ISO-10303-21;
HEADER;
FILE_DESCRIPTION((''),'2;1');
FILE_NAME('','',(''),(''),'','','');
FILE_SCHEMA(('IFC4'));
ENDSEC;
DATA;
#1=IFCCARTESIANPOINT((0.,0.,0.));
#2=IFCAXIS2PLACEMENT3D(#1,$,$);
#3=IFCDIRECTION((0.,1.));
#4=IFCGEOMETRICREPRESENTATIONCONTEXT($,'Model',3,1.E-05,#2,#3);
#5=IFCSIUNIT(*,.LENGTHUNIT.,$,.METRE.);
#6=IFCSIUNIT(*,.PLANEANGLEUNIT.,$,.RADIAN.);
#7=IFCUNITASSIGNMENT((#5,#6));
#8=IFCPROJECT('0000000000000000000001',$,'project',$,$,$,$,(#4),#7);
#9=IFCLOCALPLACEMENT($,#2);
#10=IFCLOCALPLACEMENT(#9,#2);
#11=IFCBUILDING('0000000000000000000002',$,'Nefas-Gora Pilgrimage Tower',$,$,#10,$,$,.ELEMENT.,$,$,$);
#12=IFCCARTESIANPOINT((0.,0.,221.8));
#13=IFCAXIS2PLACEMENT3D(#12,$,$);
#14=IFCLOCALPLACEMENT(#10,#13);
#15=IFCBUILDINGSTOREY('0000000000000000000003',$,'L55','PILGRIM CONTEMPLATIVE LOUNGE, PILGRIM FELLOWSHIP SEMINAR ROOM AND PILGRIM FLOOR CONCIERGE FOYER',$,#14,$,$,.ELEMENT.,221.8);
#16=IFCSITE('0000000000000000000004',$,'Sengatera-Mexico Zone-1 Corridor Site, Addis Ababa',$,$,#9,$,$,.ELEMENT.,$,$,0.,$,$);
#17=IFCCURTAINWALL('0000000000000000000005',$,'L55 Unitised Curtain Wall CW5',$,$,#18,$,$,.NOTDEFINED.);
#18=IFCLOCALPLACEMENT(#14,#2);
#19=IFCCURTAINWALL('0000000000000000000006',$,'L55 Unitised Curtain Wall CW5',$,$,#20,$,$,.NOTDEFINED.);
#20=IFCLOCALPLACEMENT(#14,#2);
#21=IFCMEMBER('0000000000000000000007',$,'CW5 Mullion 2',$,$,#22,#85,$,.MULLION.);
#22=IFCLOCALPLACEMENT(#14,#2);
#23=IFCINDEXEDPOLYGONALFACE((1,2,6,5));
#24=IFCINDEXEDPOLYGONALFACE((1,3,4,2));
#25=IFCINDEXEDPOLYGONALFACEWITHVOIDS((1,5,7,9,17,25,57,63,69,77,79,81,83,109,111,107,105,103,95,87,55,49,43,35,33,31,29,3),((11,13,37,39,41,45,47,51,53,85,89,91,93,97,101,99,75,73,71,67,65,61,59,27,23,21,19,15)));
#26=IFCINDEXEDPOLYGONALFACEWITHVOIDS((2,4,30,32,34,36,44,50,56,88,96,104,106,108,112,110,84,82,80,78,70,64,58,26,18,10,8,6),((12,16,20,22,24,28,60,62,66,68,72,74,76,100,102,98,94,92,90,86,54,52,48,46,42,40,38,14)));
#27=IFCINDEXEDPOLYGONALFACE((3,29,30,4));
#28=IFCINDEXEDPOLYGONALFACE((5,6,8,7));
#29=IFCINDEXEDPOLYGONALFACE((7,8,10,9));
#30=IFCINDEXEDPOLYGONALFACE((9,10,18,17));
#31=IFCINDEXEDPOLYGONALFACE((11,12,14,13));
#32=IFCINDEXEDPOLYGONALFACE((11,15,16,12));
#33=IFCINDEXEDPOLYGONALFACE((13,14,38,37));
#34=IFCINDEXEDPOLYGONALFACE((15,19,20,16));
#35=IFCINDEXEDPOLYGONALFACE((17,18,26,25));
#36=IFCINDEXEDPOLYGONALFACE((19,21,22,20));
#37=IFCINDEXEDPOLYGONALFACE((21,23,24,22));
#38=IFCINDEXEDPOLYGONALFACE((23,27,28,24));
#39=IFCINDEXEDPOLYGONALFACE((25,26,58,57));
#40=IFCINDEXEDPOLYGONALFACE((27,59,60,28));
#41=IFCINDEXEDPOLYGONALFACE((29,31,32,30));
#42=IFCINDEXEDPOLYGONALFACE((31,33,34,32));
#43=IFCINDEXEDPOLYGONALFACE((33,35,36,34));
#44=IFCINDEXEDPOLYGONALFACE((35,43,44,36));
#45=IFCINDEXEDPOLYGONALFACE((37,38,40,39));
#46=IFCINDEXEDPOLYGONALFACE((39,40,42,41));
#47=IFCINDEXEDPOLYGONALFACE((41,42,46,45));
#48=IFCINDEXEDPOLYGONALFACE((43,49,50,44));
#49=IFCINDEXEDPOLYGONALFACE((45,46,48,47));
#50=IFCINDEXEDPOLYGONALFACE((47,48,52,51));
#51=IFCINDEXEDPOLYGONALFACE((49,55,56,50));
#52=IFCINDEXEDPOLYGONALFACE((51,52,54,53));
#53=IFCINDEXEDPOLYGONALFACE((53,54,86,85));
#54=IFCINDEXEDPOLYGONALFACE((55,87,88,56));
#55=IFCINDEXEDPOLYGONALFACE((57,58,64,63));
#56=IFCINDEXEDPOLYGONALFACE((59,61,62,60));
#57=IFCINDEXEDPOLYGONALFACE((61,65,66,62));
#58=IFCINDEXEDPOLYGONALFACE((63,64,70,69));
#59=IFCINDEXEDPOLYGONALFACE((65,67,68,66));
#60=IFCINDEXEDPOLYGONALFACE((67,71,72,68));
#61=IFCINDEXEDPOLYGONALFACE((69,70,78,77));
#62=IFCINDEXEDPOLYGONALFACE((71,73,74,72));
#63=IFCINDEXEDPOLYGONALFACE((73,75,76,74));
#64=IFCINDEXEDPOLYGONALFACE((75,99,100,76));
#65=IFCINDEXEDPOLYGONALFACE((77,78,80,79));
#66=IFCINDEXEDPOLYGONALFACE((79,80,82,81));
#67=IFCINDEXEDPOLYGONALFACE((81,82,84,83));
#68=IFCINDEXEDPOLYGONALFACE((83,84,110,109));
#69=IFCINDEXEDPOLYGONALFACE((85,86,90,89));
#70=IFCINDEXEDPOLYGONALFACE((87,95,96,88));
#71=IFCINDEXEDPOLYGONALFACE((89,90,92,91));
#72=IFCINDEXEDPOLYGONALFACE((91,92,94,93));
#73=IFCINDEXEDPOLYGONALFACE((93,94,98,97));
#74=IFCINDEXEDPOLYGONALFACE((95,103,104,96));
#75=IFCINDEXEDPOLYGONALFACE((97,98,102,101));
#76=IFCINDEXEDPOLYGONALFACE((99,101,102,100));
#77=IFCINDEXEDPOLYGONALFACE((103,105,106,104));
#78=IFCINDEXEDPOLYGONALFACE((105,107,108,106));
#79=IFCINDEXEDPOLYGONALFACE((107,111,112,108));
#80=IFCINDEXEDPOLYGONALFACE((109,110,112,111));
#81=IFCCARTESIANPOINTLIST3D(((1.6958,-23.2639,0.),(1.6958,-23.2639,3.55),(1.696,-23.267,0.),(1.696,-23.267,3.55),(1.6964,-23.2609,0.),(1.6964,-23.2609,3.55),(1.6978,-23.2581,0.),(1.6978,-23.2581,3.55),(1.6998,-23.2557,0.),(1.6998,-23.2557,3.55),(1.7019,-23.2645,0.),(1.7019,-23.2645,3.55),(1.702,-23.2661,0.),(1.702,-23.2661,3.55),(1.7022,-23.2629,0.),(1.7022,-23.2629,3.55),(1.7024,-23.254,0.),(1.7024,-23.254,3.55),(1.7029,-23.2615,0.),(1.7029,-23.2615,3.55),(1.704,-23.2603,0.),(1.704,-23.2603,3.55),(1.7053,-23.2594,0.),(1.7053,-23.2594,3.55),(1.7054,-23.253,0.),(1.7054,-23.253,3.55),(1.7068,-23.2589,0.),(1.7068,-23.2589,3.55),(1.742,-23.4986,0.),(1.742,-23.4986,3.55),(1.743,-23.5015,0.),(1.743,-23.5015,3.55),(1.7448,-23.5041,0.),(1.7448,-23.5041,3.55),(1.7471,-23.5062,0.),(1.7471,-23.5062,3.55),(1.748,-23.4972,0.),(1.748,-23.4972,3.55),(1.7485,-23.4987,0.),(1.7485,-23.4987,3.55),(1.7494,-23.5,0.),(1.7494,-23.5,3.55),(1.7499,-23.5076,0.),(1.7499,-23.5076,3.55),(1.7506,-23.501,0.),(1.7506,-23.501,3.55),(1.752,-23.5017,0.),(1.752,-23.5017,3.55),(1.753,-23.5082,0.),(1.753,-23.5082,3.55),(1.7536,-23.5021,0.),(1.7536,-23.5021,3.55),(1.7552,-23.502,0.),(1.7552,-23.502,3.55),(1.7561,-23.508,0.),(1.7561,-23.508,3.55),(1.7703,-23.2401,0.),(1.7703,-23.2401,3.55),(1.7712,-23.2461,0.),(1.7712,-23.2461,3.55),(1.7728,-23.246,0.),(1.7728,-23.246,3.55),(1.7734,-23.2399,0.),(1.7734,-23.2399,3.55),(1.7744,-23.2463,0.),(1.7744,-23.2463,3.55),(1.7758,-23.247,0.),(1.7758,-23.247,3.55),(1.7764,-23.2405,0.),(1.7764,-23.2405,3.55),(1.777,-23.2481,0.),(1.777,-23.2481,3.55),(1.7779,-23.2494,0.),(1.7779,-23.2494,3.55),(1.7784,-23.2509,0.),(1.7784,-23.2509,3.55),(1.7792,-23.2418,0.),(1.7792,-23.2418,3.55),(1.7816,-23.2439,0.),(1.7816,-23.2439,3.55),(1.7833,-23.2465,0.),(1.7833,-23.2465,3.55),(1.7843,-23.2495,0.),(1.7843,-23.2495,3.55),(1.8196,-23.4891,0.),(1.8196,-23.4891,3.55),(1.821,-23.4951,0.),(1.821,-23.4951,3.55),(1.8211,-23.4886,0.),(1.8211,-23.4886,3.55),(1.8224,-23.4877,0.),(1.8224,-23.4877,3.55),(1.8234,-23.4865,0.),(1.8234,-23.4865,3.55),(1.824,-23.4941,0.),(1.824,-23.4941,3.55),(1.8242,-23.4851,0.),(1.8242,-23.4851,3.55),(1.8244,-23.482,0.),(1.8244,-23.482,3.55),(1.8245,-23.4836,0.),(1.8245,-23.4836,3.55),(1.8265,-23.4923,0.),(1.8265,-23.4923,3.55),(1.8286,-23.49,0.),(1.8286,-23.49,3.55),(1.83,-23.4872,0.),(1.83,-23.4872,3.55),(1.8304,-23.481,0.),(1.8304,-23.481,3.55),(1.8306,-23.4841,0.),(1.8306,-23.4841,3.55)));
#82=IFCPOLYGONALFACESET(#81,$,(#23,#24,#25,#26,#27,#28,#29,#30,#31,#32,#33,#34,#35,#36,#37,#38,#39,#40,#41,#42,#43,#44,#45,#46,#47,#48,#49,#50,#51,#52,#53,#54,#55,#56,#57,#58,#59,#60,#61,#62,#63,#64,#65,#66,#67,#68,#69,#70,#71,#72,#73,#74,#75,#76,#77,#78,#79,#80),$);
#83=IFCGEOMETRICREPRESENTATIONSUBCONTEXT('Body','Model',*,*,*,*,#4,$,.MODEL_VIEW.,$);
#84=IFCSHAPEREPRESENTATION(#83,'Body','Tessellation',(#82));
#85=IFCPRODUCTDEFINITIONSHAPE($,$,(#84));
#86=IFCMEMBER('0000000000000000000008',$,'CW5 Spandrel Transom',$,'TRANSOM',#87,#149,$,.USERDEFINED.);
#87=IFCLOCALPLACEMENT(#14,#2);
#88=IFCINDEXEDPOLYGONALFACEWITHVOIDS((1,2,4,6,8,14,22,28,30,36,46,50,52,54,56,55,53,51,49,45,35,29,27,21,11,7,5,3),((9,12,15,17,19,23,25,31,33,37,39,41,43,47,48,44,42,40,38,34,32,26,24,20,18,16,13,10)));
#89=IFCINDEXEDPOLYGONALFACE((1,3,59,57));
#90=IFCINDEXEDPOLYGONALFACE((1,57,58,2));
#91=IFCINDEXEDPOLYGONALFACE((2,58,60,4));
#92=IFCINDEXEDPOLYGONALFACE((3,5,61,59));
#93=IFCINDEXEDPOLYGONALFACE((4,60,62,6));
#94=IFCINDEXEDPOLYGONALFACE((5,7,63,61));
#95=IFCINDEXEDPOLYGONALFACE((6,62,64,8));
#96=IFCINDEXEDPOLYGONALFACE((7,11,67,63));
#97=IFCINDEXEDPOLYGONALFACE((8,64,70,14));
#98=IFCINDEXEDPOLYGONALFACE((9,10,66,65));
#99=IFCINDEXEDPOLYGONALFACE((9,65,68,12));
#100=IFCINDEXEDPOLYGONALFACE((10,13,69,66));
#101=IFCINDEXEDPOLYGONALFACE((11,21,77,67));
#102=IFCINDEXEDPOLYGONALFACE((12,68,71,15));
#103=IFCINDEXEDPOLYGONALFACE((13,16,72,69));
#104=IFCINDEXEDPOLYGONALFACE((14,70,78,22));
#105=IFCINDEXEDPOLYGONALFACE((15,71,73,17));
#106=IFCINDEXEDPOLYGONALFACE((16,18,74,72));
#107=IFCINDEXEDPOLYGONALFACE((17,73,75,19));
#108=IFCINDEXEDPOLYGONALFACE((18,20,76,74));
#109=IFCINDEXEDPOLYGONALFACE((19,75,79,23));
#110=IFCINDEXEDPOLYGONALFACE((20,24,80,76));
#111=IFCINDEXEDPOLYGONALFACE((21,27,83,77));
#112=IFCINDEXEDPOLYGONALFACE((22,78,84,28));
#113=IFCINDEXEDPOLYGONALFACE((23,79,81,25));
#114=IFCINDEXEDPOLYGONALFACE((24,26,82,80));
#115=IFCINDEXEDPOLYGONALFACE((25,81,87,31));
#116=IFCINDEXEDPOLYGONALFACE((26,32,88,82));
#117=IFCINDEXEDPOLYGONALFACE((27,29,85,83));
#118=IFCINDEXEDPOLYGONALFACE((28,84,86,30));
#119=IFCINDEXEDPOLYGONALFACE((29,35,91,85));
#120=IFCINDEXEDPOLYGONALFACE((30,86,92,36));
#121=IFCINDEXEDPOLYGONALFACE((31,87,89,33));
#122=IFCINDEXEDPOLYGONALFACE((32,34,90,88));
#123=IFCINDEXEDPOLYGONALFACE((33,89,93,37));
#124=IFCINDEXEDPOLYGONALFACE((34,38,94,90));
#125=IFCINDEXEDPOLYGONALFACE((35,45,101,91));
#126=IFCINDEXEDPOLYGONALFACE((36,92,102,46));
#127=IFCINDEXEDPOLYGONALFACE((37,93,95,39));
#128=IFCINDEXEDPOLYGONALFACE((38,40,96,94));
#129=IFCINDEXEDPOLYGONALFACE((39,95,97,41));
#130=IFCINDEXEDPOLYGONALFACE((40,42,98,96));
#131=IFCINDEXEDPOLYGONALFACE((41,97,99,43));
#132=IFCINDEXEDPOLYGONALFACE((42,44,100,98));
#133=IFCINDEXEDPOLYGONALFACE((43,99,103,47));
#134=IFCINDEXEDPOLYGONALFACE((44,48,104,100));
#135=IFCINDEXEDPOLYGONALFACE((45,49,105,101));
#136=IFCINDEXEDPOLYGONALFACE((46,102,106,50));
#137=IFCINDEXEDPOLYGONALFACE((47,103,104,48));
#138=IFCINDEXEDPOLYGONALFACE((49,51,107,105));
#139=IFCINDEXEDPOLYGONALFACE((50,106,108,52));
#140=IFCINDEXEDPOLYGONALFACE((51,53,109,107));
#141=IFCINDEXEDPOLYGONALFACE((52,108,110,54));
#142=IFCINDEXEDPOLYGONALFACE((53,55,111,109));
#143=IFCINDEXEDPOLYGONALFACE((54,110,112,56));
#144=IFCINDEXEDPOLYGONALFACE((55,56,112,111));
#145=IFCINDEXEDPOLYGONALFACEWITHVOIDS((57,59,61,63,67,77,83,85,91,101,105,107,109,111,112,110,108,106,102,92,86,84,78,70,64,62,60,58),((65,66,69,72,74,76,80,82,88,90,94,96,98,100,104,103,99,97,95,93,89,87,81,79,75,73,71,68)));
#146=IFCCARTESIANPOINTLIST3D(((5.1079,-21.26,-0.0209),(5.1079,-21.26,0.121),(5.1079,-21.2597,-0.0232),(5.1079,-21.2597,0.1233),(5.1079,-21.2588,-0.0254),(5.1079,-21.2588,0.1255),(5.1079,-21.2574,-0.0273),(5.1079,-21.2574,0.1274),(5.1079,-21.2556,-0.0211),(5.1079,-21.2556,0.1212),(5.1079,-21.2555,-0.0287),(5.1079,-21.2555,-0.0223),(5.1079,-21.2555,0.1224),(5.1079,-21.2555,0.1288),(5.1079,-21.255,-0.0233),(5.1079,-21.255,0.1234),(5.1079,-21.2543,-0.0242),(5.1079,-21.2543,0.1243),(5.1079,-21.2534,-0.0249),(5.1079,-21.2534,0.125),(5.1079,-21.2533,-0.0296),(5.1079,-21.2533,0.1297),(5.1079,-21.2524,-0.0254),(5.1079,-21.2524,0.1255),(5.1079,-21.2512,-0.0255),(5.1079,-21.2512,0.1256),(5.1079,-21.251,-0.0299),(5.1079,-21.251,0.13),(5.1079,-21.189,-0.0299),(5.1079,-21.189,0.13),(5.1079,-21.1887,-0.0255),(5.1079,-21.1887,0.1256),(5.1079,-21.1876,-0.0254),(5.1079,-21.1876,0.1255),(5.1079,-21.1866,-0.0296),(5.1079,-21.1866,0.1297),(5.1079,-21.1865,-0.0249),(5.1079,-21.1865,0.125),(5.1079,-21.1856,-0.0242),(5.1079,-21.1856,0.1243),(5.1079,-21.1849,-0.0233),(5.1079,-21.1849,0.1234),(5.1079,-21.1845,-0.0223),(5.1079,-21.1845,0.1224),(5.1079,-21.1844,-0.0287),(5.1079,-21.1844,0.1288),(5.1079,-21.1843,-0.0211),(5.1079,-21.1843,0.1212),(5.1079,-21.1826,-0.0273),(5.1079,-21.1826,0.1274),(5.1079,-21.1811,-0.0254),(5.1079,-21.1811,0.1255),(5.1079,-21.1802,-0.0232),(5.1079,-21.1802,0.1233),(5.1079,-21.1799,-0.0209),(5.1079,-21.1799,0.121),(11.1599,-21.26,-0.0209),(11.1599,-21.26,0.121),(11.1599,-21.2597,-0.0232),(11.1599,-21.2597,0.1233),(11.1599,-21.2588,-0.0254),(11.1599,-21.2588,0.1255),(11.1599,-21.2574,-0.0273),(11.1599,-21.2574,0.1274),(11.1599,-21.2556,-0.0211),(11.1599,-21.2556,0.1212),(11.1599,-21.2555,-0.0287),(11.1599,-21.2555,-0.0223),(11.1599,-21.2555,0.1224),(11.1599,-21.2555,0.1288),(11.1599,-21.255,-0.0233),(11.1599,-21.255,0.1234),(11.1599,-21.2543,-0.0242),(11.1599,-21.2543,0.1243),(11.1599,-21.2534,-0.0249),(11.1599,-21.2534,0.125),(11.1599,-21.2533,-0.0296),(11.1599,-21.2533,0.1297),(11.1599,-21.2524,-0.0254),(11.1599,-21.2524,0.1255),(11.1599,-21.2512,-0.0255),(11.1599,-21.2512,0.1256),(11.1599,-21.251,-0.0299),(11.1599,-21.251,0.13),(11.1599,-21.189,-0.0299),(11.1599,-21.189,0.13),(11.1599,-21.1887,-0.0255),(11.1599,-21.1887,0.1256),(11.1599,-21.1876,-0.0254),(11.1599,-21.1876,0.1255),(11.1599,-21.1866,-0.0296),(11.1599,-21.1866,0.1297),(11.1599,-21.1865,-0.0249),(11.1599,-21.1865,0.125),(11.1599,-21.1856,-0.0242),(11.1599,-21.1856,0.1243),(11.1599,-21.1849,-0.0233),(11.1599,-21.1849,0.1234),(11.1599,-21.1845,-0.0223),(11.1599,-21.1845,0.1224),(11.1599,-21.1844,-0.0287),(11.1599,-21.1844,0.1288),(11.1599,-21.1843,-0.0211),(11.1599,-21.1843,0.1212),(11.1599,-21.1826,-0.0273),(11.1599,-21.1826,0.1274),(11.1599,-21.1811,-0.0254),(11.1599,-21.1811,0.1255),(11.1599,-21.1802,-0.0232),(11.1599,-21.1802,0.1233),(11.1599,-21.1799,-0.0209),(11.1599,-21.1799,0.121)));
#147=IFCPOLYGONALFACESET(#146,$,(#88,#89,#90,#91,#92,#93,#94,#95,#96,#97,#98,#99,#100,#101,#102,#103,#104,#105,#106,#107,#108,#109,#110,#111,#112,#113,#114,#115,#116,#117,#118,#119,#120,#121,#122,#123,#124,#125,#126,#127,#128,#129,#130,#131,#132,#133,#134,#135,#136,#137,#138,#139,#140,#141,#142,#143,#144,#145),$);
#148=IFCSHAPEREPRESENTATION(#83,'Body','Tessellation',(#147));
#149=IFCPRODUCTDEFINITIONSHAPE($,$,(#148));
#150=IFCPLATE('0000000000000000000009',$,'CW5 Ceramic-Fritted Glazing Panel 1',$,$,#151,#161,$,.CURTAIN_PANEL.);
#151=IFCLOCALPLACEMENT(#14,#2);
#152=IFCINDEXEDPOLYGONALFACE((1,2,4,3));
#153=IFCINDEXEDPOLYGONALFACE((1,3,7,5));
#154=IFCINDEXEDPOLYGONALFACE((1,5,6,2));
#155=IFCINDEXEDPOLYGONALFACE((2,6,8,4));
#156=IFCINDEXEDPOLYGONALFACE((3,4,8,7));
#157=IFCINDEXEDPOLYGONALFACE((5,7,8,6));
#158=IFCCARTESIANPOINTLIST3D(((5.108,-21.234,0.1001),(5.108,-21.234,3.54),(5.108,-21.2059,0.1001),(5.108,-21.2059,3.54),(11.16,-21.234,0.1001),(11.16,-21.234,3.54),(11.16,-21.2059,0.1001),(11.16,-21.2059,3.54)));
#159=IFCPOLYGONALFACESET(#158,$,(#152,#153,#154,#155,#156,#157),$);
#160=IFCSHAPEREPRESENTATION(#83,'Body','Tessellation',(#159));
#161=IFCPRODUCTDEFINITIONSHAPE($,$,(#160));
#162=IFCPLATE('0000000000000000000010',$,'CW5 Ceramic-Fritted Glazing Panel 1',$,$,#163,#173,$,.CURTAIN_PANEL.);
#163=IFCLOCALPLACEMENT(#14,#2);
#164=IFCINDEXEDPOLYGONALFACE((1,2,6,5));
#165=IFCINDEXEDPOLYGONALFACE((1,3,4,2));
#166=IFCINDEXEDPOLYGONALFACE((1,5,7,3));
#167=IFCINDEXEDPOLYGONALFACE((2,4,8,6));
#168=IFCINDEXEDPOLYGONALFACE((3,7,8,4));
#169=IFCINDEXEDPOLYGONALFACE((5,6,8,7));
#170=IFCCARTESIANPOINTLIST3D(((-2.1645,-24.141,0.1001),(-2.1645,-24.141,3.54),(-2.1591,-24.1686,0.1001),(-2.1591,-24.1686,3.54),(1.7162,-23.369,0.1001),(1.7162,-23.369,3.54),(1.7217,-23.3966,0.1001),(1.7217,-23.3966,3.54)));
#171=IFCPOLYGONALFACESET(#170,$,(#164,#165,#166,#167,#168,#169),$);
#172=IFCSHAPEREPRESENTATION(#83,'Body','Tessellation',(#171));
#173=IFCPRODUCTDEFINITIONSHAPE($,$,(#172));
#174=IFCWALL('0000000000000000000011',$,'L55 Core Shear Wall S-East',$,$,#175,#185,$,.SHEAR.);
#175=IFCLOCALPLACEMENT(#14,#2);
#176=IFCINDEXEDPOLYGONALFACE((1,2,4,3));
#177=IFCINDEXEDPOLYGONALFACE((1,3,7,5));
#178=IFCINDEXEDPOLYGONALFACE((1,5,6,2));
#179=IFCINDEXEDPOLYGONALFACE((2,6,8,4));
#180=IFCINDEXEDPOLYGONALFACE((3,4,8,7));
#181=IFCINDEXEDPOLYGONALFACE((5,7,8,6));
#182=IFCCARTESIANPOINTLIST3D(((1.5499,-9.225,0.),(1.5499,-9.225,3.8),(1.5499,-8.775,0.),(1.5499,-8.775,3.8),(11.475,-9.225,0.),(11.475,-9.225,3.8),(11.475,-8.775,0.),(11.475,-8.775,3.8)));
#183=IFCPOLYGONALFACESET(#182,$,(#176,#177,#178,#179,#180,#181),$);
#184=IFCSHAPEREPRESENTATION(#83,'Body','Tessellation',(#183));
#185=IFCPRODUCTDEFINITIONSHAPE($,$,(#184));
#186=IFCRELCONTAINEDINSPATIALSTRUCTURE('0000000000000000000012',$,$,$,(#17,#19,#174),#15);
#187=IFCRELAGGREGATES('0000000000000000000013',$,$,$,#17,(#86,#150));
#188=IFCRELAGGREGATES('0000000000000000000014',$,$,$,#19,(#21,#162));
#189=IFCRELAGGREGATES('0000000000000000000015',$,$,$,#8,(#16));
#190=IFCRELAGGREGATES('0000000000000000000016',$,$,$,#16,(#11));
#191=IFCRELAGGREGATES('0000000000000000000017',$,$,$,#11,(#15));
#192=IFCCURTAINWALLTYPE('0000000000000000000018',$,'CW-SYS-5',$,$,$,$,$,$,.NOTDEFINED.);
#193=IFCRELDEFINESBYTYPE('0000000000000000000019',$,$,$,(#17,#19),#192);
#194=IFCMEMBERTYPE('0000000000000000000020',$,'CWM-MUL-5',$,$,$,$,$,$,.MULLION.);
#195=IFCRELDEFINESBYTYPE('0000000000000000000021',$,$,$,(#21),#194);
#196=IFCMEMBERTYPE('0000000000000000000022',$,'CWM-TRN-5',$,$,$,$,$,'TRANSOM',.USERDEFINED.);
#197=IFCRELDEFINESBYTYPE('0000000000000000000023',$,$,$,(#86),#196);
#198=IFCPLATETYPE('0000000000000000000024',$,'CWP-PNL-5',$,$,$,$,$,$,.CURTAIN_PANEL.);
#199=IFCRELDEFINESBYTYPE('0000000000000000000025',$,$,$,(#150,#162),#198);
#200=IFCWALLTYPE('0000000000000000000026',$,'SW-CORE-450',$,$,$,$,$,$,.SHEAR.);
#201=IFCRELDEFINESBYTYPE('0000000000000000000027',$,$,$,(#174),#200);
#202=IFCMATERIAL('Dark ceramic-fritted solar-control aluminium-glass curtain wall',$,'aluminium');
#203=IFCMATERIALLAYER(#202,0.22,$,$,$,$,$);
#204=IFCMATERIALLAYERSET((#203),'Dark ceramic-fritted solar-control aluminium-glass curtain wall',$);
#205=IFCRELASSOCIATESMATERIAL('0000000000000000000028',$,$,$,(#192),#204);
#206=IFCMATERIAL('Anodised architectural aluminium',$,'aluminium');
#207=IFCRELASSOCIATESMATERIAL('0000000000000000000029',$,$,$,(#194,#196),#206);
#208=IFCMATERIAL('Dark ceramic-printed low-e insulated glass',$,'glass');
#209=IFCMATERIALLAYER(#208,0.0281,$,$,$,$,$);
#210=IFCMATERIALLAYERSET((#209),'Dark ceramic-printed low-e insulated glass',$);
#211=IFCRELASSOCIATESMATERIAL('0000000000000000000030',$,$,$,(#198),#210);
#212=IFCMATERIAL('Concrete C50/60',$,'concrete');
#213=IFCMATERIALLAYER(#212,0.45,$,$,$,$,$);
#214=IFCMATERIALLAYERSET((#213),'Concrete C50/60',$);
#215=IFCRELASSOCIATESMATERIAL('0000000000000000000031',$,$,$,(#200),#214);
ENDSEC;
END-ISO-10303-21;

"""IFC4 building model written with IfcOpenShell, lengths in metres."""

from ifc_helpers import new_model, si_unit, direction, frame, frame_2d, origin, origin_2d, place, context, subcontext, project, spatial, rectangle, hollow_rectangle, extrude, source, transform, mapped, material, layer, layer_set, material_profile, profile_set, type_object, element, aggregate, save


model = new_model("IFC4")

# Units and contexts
model_context = context("Model", 3, precision=1e-05, world=origin(), true_north=direction((0.0, 1.0)))
body_context = subcontext(model_context, "Body", "Model", "MODEL_VIEW")
ifc_project = project(units=[si_unit("LENGTHUNIT", "METRE"), si_unit("PLANEANGLEUNIT", "RADIAN")], contexts=[model_context])

# Site, building, storey
site_placement = place(None, origin())
site = spatial("IfcSite", under=ifc_project, at=site_placement, Name="Sengatera-Mexico Zone-1 Corridor Site, Addis Ababa", CompositionType="ELEMENT", RefElevation=0.0)
building_placement = place(site_placement, origin())
building = spatial("IfcBuilding", under=site, at=building_placement, Name="Nefas-Gora Pilgrimage Tower", CompositionType="ELEMENT")
storey_placement = place(building_placement, frame((0.0, 0.0, 221.8)))
storey = spatial("IfcBuildingStorey", under=building, at=storey_placement, Name="L55", Description="PILGRIM CONTEMPLATIVE LOUNGE, PILGRIM FELLOWSHIP SEMINAR ROOM AND PILGRIM FLOOR CONCIERGE FOYER", CompositionType="ELEMENT", Elevation=221.8)

# Curtain wall
ifc_material_1 = material(Name="Dark ceramic-fritted solar-control aluminium-glass curtain wall", Category="aluminium")
ifc_layer_1 = layer(ifc_material_1, 0.22)
ifc_layer_set_1 = layer_set([ifc_layer_1], Name="Dark ceramic-fritted solar-control aluminium-glass curtain wall")
curtain_wall_type = type_object("IfcCurtainWallType", Name="CW-SYS-5", PredefinedType="NOTDEFINED", material=ifc_layer_set_1)
curtain_wall_1_placement = place(storey_placement, origin())
curtain_wall_1 = element("IfcCurtainWall", 1, at=curtain_wall_1_placement, inside=storey, type_object=curtain_wall_type, Name="L55 Unitised Curtain Wall CW5", PredefinedType="NOTDEFINED")
ifc_material_2 = material(Name="Anodised architectural aluminium", Category="aluminium")
ifc_material_profile_1 = material_profile(ifc_material_2, hollow_rectangle(XDim=0.0901, YDim=0.26, WallThickness=0.0061, InnerFilletRadius=0.0061, OuterFilletRadius=0.012, at=origin_2d()), Name="ALU MULLION 90x260")
ifc_profile_set_1 = profile_set([ifc_material_profile_1], Name="Anodised architectural aluminium")
member_type_1 = type_object("IfcMemberType", Name="CWM-MUL-5", PredefinedType="MULLION", material=ifc_profile_set_1)
shared_shape_1 = source(origin(), body_context, "Body", "SweptSolid", [
    extrude(hollow_rectangle(XDim=0.0901, YDim=0.26, WallThickness=0.0061, InnerFilletRadius=0.0061, OuterFilletRadius=0.012, at=origin_2d()), origin(), (0.0, 0.0, 1.0), 3.55),
])

# Curtain wall, member
curtain_wall_2_placement = place(storey_placement, origin())
curtain_wall_2 = element("IfcCurtainWall", 2, at=curtain_wall_2_placement, inside=storey, type_object=curtain_wall_type, Name="L55 Unitised Curtain Wall CW5", PredefinedType="NOTDEFINED")
member_1_placement = place(storey_placement, frame((1.7632, -23.374, 0.0), z_axis=(0.0, 0.0, 1.0), x_axis=(0.980783, 0.195102, 0.0)))
member_1 = element("IfcMember", 3, at=member_1_placement, type_object=member_type_1, Name="CW5 Mullion 2", PredefinedType="MULLION", context=body_context, shape_type="MappedRepresentation", body=[
    mapped(shared_shape_1, transform((0.0, 0.0, 0.0), x_axis=(1.0, 0.0, 0.0), y_axis=(0.0, 1.0, 0.0), z_axis=(0.0, 0.0, 1.0), scale=1.0)),
])

# Member
ifc_material_profile_2 = material_profile(ifc_material_2, hollow_rectangle(XDim=0.0801, YDim=0.1599, WallThickness=0.0044, InnerFilletRadius=0.0044, OuterFilletRadius=0.009, at=origin_2d()), Name="ALU TRANSOM 80x160")
ifc_profile_set_2 = profile_set([ifc_material_profile_2], Name="Anodised architectural aluminium")
member_type_2 = type_object("IfcMemberType", Name="CWM-TRN-5", ElementType="TRANSOM", PredefinedType="USERDEFINED", material=ifc_profile_set_2)
shared_shape_2 = source(origin(), body_context, "Body", "SweptSolid", [
    extrude(hollow_rectangle(XDim=0.0801, YDim=0.1599, WallThickness=0.0044, InnerFilletRadius=0.0044, OuterFilletRadius=0.009, at=origin_2d()), origin(), (0.0, 0.0, 1.0), 6.052),
])
member_2_placement = place(storey_placement, frame((5.1079, -21.22, 0.05), z_axis=(1.0, 0.0, 0.0), x_axis=(0.0, 1.0, 0.0)))
member_2 = element("IfcMember", 4, at=member_2_placement, type_object=member_type_2, Name="CW5 Spandrel Transom", ObjectType="TRANSOM", PredefinedType="USERDEFINED", context=body_context, shape_type="MappedRepresentation", body=[
    mapped(shared_shape_2, transform((0.0, 0.0, 0.0), x_axis=(1.0, 0.0, 0.0), y_axis=(0.0, 1.0, 0.0), z_axis=(0.0, 0.0, 1.0), scale=1.0)),
])

# Plates
ifc_material_3 = material(Name="Dark ceramic-printed low-e insulated glass", Category="glass")
ifc_layer_2 = layer(ifc_material_3, 0.0281)
ifc_layer_set_2 = layer_set([ifc_layer_2], Name="Dark ceramic-printed low-e insulated glass")
plate_type = type_object("IfcPlateType", Name="CWP-PNL-5", PredefinedType="CURTAIN_PANEL", material=ifc_layer_set_2)
shared_shape_3 = source(origin(), body_context, "Body", "SweptSolid", [
    extrude(rectangle(XDim=6.052, YDim=0.0281, at=origin_2d()), origin(), (0.0, 0.0, 1.0), 3.4399),
])
plate_1_placement = place(storey_placement, frame((8.134, -21.22, 0.1001), z_axis=(0.0, 0.0, 1.0), x_axis=(1.0, 0.0, 0.0)))
plate_1 = element("IfcPlate", 5, at=plate_1_placement, type_object=plate_type, Name="CW5 Ceramic-Fritted Glazing Panel 1", PredefinedType="CURTAIN_PANEL", context=body_context, shape_type="MappedRepresentation", body=[
    mapped(shared_shape_3, transform((0.0, 0.0, 0.0), x_axis=(1.0, 0.0, 0.0), y_axis=(0.0, 1.0, 0.0), z_axis=(0.0, 0.0, 1.0), scale=1.0)),
])
aggregate(curtain_wall_1, [member_2, plate_1])
shared_shape_4 = source(origin(), body_context, "Body", "SweptSolid", [
    extrude(rectangle(XDim=3.9568, YDim=0.0281, at=origin_2d()), origin(), (0.0, 0.0, 1.0), 3.4399),
])
plate_2_placement = place(storey_placement, frame((-0.2214, -23.7688, 0.1001), z_axis=(0.0, 0.0, 1.0), x_axis=(0.980783, 0.195102, 0.0)))
plate_2 = element("IfcPlate", 6, at=plate_2_placement, type_object=plate_type, Name="CW5 Ceramic-Fritted Glazing Panel 1", PredefinedType="CURTAIN_PANEL", context=body_context, shape_type="MappedRepresentation", body=[
    mapped(shared_shape_4, transform((0.0, 0.0, 0.0), x_axis=(1.0, 0.0, 0.0), y_axis=(0.0, 1.0, 0.0), z_axis=(0.0, 0.0, 1.0), scale=1.0)),
])
aggregate(curtain_wall_2, [member_1, plate_2])

# Wall
ifc_material_4 = material(Name="Concrete C50/60", Category="concrete")
ifc_layer_3 = layer(ifc_material_4, 0.45)
ifc_layer_set_3 = layer_set([ifc_layer_3], Name="Concrete C50/60")
wall_type_1 = type_object("IfcWallType", Name="SW-CORE-450", PredefinedType="SHEAR", material=ifc_layer_set_3)
shared_shape_5 = source(origin(), body_context, "Body", "SweptSolid", [
    extrude(rectangle(XDim=9.925, YDim=0.45, at=frame_2d((4.9624, 0.0))), origin(), (0.0, 0.0, 1.0), 3.8),
])
wall_1_placement = place(storey_placement, frame((1.55, -9.0, 0.0), z_axis=(0.0, 0.0, 1.0), x_axis=(1.0, 0.0, 0.0)))
element("IfcWall", 7, at=wall_1_placement, inside=storey, type_object=wall_type_1, Name="L55 Core Shear Wall S-East", PredefinedType="SHEAR", context=body_context, shape_type="MappedRepresentation", body=[
    mapped(shared_shape_5, transform((0.0, 0.0, 0.0), x_axis=(1.0, 0.0, 0.0), y_axis=(0.0, 1.0, 0.0), z_axis=(0.0, 0.0, 1.0), scale=1.0)),
])

save(model, "model.ifc")
